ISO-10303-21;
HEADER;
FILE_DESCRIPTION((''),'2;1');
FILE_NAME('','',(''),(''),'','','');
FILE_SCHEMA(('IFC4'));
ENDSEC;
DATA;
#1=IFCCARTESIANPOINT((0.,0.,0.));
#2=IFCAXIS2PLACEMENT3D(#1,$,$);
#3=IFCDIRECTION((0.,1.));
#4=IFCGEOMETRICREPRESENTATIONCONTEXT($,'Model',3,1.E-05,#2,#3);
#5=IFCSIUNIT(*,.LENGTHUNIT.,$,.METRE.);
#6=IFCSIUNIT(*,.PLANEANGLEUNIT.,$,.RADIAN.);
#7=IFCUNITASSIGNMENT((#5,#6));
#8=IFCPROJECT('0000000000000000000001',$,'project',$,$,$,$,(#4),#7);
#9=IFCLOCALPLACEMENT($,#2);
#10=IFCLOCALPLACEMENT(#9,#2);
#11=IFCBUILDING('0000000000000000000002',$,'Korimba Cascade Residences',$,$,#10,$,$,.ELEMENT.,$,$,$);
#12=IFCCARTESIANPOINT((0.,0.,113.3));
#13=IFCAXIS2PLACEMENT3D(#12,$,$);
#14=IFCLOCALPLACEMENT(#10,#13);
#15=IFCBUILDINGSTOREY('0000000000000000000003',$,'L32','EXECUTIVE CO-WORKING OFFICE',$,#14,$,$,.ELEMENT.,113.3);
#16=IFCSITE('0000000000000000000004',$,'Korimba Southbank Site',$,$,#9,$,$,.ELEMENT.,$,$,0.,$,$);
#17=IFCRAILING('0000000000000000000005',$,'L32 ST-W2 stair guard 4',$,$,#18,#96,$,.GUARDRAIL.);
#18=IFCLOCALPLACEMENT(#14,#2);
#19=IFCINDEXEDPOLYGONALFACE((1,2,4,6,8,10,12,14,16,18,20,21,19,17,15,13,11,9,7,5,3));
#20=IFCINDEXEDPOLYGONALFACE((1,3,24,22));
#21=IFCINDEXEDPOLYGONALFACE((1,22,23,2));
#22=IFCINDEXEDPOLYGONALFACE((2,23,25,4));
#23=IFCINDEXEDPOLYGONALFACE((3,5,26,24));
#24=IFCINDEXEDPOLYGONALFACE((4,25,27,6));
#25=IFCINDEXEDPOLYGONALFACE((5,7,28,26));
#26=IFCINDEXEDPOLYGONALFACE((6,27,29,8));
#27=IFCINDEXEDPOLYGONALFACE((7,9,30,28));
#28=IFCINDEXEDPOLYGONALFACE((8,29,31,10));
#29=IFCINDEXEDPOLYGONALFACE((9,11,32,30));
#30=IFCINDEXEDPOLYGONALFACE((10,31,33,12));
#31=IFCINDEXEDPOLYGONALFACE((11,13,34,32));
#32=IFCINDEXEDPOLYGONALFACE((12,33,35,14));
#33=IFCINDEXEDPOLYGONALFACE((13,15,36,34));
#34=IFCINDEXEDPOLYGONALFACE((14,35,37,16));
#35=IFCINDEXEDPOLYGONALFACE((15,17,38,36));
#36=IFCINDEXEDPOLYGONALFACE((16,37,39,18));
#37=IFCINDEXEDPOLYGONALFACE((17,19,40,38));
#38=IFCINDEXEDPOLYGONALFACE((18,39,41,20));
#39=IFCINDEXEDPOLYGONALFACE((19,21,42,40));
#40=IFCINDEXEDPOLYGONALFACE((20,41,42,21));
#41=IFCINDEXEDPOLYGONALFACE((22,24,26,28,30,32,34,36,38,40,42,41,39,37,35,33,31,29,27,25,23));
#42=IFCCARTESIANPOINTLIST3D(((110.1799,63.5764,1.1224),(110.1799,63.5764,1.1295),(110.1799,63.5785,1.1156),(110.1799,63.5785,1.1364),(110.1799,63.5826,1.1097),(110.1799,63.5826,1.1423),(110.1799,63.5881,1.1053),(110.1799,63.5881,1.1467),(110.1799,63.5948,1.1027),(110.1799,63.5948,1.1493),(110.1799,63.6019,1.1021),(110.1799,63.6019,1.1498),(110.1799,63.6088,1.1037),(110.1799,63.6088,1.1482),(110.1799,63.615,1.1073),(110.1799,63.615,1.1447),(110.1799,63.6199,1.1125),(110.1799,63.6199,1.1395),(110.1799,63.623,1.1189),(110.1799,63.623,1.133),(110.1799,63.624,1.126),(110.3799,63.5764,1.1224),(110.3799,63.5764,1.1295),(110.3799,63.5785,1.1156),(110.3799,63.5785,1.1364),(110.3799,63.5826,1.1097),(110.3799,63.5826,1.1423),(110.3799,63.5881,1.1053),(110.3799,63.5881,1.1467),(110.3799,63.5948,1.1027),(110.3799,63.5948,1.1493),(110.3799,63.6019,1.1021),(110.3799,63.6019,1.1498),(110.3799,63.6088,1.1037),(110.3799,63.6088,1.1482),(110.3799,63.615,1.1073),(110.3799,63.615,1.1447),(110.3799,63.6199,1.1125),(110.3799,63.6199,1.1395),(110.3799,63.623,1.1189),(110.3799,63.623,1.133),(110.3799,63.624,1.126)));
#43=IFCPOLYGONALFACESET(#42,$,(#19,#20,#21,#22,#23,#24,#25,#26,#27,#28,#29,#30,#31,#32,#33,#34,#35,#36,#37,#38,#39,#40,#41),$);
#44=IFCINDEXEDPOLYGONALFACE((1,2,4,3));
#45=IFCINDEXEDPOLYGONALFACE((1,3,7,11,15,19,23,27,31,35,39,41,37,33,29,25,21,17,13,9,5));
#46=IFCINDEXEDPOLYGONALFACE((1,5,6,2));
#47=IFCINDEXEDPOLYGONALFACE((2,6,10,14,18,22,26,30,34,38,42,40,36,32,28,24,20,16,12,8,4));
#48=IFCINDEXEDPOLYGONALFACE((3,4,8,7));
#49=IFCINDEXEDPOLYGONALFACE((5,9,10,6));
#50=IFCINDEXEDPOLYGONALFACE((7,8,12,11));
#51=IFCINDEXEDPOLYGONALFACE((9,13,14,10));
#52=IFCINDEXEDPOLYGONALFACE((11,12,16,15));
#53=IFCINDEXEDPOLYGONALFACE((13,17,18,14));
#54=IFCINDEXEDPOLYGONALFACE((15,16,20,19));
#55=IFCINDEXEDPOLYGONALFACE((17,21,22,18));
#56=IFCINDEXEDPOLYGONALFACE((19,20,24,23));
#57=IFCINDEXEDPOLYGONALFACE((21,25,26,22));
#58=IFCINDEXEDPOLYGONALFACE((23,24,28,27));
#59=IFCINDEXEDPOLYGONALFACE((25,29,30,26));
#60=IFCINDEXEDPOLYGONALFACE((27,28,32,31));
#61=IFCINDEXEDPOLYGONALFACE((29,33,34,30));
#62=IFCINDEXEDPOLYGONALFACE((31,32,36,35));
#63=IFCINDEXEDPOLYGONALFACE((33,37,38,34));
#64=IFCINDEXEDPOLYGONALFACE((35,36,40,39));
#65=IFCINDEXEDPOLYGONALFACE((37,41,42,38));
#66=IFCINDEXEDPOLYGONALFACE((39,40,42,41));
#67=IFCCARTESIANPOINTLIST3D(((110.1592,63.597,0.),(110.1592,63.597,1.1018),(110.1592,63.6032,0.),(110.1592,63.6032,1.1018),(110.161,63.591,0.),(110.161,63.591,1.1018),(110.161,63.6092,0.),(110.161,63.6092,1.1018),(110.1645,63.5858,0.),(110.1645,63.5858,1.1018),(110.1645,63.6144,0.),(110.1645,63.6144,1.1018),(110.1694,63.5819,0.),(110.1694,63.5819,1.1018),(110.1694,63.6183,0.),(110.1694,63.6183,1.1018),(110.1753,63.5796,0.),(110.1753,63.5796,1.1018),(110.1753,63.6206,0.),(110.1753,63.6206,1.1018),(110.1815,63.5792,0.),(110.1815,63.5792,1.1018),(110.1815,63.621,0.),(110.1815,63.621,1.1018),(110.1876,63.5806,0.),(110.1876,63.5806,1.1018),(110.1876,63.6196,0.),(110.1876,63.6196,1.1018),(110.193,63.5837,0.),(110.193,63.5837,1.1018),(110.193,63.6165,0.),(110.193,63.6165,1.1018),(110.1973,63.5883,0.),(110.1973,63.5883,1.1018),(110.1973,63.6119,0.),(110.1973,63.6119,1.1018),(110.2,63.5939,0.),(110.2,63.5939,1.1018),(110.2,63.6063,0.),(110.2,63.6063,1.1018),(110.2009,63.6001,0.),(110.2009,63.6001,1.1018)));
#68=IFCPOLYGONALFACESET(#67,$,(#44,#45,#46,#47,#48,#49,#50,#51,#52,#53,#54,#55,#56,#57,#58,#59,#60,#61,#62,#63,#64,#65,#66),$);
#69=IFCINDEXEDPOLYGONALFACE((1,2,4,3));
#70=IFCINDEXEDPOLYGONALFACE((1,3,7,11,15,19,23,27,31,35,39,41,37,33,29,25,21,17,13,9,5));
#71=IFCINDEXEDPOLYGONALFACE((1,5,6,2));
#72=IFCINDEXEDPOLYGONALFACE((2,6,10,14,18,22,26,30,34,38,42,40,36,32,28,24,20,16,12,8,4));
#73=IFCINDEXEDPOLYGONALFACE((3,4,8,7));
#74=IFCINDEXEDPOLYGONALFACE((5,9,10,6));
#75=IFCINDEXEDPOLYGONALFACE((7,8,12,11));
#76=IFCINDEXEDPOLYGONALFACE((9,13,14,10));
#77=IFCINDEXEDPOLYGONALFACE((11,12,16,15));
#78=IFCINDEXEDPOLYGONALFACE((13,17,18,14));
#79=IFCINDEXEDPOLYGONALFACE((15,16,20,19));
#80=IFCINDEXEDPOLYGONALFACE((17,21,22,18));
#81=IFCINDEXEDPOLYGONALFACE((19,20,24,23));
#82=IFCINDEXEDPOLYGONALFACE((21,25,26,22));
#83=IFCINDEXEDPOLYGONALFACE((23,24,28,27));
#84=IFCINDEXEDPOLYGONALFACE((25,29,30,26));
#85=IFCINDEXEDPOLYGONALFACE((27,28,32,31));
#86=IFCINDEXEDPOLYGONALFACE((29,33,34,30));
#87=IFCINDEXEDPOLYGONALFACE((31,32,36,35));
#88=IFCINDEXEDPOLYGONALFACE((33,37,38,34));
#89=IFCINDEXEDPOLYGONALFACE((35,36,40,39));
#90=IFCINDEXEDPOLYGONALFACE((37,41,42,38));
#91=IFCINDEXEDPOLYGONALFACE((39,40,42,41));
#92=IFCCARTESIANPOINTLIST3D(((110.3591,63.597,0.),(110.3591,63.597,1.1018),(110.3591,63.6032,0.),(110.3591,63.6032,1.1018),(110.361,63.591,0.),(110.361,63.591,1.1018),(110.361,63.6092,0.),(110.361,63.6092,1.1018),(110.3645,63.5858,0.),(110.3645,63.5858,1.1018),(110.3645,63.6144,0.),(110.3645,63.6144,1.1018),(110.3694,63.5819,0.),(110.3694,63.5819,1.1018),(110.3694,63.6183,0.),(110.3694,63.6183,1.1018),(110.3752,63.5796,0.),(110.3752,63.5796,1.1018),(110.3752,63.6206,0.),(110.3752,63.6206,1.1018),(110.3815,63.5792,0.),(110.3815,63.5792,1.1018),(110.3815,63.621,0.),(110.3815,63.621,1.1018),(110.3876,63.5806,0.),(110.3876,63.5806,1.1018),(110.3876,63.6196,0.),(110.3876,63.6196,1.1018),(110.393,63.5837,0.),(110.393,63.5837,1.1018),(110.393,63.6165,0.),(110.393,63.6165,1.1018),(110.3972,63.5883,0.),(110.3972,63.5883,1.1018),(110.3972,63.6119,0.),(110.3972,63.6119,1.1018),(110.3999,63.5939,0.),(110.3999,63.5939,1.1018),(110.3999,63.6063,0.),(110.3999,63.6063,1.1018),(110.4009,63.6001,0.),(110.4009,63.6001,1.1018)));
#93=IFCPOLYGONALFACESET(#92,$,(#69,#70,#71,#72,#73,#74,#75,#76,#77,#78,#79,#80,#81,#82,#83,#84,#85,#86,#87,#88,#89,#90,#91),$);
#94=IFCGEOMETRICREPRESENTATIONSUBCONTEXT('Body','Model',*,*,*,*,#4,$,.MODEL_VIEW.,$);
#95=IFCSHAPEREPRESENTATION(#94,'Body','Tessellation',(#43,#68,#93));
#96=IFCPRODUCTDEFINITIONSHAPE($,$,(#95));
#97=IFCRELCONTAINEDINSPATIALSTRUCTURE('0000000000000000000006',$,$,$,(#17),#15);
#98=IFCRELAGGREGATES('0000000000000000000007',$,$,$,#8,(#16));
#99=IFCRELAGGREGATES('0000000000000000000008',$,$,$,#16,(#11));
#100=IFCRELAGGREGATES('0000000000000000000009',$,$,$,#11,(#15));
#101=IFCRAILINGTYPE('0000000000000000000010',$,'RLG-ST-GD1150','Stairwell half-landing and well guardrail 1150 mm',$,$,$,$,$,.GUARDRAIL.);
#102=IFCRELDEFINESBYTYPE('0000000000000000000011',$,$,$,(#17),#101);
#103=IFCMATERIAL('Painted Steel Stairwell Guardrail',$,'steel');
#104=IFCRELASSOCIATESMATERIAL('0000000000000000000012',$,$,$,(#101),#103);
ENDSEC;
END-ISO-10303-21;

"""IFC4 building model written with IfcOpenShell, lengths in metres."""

from ifc_helpers import new_model, si_unit, direction, frame, origin, origin_2d, place, context, subcontext, project, spatial, circle, extrude, material, type_object, element, save


model = new_model("IFC4")

# Units and contexts
model_context = context("Model", 3, precision=1e-05, world=origin(), true_north=direction((0.0, 1.0)))
body_context = subcontext(model_context, "Body", "Model", "MODEL_VIEW")
ifc_project = project(units=[si_unit("LENGTHUNIT", "METRE"), si_unit("PLANEANGLEUNIT", "RADIAN")], contexts=[model_context])

# Site, building, storey
site_placement = place(None, origin())
site = spatial("IfcSite", under=ifc_project, at=site_placement, Name="Korimba Southbank Site", CompositionType="ELEMENT", RefElevation=0.0)
building_placement = place(site_placement, origin())
building = spatial("IfcBuilding", under=site, at=building_placement, Name="Korimba Cascade Residences", CompositionType="ELEMENT")
storey_placement = place(building_placement, frame((0.0, 0.0, 113.3)))
storey = spatial("IfcBuildingStorey", under=building, at=storey_placement, Name="L32", Description="EXECUTIVE CO-WORKING OFFICE", CompositionType="ELEMENT", Elevation=113.3)

# Railing
ifc_material_1 = material(Name="Painted Steel Stairwell Guardrail", Category="steel")
railing_type_1 = type_object("IfcRailingType", Name="RLG-ST-GD1150", Description="Stairwell half-landing and well guardrail 1150 mm", PredefinedType="GUARDRAIL", material=ifc_material_1)
railing_1_placement = place(storey_placement, frame((110.1799, 63.6001, 0.0)))
element("IfcRailing", 1, at=railing_1_placement, inside=storey, type_object=railing_type_1, Name="L32 ST-W2 stair guard 4", PredefinedType="GUARDRAIL", context=body_context, shape_type="SweptSolid", body=[
    extrude(circle(Radius=0.0239, at=origin_2d()), frame((0.0, 0.0, 1.126), z_axis=(1.0, 0.0, 0.0), x_axis=(0.0, 1.0, 0.0)), (0.0, 0.0, 1.0), 0.2),
    extrude(circle(Radius=0.021, at=origin_2d()), origin(), (0.0, 0.0, 1.0), 1.1018),
    extrude(circle(Radius=0.021, at=origin_2d()), frame((0.2, 0.0, 0.0)), (0.0, 0.0, 1.0), 1.1018),
])

save(model, "model.ifc")
